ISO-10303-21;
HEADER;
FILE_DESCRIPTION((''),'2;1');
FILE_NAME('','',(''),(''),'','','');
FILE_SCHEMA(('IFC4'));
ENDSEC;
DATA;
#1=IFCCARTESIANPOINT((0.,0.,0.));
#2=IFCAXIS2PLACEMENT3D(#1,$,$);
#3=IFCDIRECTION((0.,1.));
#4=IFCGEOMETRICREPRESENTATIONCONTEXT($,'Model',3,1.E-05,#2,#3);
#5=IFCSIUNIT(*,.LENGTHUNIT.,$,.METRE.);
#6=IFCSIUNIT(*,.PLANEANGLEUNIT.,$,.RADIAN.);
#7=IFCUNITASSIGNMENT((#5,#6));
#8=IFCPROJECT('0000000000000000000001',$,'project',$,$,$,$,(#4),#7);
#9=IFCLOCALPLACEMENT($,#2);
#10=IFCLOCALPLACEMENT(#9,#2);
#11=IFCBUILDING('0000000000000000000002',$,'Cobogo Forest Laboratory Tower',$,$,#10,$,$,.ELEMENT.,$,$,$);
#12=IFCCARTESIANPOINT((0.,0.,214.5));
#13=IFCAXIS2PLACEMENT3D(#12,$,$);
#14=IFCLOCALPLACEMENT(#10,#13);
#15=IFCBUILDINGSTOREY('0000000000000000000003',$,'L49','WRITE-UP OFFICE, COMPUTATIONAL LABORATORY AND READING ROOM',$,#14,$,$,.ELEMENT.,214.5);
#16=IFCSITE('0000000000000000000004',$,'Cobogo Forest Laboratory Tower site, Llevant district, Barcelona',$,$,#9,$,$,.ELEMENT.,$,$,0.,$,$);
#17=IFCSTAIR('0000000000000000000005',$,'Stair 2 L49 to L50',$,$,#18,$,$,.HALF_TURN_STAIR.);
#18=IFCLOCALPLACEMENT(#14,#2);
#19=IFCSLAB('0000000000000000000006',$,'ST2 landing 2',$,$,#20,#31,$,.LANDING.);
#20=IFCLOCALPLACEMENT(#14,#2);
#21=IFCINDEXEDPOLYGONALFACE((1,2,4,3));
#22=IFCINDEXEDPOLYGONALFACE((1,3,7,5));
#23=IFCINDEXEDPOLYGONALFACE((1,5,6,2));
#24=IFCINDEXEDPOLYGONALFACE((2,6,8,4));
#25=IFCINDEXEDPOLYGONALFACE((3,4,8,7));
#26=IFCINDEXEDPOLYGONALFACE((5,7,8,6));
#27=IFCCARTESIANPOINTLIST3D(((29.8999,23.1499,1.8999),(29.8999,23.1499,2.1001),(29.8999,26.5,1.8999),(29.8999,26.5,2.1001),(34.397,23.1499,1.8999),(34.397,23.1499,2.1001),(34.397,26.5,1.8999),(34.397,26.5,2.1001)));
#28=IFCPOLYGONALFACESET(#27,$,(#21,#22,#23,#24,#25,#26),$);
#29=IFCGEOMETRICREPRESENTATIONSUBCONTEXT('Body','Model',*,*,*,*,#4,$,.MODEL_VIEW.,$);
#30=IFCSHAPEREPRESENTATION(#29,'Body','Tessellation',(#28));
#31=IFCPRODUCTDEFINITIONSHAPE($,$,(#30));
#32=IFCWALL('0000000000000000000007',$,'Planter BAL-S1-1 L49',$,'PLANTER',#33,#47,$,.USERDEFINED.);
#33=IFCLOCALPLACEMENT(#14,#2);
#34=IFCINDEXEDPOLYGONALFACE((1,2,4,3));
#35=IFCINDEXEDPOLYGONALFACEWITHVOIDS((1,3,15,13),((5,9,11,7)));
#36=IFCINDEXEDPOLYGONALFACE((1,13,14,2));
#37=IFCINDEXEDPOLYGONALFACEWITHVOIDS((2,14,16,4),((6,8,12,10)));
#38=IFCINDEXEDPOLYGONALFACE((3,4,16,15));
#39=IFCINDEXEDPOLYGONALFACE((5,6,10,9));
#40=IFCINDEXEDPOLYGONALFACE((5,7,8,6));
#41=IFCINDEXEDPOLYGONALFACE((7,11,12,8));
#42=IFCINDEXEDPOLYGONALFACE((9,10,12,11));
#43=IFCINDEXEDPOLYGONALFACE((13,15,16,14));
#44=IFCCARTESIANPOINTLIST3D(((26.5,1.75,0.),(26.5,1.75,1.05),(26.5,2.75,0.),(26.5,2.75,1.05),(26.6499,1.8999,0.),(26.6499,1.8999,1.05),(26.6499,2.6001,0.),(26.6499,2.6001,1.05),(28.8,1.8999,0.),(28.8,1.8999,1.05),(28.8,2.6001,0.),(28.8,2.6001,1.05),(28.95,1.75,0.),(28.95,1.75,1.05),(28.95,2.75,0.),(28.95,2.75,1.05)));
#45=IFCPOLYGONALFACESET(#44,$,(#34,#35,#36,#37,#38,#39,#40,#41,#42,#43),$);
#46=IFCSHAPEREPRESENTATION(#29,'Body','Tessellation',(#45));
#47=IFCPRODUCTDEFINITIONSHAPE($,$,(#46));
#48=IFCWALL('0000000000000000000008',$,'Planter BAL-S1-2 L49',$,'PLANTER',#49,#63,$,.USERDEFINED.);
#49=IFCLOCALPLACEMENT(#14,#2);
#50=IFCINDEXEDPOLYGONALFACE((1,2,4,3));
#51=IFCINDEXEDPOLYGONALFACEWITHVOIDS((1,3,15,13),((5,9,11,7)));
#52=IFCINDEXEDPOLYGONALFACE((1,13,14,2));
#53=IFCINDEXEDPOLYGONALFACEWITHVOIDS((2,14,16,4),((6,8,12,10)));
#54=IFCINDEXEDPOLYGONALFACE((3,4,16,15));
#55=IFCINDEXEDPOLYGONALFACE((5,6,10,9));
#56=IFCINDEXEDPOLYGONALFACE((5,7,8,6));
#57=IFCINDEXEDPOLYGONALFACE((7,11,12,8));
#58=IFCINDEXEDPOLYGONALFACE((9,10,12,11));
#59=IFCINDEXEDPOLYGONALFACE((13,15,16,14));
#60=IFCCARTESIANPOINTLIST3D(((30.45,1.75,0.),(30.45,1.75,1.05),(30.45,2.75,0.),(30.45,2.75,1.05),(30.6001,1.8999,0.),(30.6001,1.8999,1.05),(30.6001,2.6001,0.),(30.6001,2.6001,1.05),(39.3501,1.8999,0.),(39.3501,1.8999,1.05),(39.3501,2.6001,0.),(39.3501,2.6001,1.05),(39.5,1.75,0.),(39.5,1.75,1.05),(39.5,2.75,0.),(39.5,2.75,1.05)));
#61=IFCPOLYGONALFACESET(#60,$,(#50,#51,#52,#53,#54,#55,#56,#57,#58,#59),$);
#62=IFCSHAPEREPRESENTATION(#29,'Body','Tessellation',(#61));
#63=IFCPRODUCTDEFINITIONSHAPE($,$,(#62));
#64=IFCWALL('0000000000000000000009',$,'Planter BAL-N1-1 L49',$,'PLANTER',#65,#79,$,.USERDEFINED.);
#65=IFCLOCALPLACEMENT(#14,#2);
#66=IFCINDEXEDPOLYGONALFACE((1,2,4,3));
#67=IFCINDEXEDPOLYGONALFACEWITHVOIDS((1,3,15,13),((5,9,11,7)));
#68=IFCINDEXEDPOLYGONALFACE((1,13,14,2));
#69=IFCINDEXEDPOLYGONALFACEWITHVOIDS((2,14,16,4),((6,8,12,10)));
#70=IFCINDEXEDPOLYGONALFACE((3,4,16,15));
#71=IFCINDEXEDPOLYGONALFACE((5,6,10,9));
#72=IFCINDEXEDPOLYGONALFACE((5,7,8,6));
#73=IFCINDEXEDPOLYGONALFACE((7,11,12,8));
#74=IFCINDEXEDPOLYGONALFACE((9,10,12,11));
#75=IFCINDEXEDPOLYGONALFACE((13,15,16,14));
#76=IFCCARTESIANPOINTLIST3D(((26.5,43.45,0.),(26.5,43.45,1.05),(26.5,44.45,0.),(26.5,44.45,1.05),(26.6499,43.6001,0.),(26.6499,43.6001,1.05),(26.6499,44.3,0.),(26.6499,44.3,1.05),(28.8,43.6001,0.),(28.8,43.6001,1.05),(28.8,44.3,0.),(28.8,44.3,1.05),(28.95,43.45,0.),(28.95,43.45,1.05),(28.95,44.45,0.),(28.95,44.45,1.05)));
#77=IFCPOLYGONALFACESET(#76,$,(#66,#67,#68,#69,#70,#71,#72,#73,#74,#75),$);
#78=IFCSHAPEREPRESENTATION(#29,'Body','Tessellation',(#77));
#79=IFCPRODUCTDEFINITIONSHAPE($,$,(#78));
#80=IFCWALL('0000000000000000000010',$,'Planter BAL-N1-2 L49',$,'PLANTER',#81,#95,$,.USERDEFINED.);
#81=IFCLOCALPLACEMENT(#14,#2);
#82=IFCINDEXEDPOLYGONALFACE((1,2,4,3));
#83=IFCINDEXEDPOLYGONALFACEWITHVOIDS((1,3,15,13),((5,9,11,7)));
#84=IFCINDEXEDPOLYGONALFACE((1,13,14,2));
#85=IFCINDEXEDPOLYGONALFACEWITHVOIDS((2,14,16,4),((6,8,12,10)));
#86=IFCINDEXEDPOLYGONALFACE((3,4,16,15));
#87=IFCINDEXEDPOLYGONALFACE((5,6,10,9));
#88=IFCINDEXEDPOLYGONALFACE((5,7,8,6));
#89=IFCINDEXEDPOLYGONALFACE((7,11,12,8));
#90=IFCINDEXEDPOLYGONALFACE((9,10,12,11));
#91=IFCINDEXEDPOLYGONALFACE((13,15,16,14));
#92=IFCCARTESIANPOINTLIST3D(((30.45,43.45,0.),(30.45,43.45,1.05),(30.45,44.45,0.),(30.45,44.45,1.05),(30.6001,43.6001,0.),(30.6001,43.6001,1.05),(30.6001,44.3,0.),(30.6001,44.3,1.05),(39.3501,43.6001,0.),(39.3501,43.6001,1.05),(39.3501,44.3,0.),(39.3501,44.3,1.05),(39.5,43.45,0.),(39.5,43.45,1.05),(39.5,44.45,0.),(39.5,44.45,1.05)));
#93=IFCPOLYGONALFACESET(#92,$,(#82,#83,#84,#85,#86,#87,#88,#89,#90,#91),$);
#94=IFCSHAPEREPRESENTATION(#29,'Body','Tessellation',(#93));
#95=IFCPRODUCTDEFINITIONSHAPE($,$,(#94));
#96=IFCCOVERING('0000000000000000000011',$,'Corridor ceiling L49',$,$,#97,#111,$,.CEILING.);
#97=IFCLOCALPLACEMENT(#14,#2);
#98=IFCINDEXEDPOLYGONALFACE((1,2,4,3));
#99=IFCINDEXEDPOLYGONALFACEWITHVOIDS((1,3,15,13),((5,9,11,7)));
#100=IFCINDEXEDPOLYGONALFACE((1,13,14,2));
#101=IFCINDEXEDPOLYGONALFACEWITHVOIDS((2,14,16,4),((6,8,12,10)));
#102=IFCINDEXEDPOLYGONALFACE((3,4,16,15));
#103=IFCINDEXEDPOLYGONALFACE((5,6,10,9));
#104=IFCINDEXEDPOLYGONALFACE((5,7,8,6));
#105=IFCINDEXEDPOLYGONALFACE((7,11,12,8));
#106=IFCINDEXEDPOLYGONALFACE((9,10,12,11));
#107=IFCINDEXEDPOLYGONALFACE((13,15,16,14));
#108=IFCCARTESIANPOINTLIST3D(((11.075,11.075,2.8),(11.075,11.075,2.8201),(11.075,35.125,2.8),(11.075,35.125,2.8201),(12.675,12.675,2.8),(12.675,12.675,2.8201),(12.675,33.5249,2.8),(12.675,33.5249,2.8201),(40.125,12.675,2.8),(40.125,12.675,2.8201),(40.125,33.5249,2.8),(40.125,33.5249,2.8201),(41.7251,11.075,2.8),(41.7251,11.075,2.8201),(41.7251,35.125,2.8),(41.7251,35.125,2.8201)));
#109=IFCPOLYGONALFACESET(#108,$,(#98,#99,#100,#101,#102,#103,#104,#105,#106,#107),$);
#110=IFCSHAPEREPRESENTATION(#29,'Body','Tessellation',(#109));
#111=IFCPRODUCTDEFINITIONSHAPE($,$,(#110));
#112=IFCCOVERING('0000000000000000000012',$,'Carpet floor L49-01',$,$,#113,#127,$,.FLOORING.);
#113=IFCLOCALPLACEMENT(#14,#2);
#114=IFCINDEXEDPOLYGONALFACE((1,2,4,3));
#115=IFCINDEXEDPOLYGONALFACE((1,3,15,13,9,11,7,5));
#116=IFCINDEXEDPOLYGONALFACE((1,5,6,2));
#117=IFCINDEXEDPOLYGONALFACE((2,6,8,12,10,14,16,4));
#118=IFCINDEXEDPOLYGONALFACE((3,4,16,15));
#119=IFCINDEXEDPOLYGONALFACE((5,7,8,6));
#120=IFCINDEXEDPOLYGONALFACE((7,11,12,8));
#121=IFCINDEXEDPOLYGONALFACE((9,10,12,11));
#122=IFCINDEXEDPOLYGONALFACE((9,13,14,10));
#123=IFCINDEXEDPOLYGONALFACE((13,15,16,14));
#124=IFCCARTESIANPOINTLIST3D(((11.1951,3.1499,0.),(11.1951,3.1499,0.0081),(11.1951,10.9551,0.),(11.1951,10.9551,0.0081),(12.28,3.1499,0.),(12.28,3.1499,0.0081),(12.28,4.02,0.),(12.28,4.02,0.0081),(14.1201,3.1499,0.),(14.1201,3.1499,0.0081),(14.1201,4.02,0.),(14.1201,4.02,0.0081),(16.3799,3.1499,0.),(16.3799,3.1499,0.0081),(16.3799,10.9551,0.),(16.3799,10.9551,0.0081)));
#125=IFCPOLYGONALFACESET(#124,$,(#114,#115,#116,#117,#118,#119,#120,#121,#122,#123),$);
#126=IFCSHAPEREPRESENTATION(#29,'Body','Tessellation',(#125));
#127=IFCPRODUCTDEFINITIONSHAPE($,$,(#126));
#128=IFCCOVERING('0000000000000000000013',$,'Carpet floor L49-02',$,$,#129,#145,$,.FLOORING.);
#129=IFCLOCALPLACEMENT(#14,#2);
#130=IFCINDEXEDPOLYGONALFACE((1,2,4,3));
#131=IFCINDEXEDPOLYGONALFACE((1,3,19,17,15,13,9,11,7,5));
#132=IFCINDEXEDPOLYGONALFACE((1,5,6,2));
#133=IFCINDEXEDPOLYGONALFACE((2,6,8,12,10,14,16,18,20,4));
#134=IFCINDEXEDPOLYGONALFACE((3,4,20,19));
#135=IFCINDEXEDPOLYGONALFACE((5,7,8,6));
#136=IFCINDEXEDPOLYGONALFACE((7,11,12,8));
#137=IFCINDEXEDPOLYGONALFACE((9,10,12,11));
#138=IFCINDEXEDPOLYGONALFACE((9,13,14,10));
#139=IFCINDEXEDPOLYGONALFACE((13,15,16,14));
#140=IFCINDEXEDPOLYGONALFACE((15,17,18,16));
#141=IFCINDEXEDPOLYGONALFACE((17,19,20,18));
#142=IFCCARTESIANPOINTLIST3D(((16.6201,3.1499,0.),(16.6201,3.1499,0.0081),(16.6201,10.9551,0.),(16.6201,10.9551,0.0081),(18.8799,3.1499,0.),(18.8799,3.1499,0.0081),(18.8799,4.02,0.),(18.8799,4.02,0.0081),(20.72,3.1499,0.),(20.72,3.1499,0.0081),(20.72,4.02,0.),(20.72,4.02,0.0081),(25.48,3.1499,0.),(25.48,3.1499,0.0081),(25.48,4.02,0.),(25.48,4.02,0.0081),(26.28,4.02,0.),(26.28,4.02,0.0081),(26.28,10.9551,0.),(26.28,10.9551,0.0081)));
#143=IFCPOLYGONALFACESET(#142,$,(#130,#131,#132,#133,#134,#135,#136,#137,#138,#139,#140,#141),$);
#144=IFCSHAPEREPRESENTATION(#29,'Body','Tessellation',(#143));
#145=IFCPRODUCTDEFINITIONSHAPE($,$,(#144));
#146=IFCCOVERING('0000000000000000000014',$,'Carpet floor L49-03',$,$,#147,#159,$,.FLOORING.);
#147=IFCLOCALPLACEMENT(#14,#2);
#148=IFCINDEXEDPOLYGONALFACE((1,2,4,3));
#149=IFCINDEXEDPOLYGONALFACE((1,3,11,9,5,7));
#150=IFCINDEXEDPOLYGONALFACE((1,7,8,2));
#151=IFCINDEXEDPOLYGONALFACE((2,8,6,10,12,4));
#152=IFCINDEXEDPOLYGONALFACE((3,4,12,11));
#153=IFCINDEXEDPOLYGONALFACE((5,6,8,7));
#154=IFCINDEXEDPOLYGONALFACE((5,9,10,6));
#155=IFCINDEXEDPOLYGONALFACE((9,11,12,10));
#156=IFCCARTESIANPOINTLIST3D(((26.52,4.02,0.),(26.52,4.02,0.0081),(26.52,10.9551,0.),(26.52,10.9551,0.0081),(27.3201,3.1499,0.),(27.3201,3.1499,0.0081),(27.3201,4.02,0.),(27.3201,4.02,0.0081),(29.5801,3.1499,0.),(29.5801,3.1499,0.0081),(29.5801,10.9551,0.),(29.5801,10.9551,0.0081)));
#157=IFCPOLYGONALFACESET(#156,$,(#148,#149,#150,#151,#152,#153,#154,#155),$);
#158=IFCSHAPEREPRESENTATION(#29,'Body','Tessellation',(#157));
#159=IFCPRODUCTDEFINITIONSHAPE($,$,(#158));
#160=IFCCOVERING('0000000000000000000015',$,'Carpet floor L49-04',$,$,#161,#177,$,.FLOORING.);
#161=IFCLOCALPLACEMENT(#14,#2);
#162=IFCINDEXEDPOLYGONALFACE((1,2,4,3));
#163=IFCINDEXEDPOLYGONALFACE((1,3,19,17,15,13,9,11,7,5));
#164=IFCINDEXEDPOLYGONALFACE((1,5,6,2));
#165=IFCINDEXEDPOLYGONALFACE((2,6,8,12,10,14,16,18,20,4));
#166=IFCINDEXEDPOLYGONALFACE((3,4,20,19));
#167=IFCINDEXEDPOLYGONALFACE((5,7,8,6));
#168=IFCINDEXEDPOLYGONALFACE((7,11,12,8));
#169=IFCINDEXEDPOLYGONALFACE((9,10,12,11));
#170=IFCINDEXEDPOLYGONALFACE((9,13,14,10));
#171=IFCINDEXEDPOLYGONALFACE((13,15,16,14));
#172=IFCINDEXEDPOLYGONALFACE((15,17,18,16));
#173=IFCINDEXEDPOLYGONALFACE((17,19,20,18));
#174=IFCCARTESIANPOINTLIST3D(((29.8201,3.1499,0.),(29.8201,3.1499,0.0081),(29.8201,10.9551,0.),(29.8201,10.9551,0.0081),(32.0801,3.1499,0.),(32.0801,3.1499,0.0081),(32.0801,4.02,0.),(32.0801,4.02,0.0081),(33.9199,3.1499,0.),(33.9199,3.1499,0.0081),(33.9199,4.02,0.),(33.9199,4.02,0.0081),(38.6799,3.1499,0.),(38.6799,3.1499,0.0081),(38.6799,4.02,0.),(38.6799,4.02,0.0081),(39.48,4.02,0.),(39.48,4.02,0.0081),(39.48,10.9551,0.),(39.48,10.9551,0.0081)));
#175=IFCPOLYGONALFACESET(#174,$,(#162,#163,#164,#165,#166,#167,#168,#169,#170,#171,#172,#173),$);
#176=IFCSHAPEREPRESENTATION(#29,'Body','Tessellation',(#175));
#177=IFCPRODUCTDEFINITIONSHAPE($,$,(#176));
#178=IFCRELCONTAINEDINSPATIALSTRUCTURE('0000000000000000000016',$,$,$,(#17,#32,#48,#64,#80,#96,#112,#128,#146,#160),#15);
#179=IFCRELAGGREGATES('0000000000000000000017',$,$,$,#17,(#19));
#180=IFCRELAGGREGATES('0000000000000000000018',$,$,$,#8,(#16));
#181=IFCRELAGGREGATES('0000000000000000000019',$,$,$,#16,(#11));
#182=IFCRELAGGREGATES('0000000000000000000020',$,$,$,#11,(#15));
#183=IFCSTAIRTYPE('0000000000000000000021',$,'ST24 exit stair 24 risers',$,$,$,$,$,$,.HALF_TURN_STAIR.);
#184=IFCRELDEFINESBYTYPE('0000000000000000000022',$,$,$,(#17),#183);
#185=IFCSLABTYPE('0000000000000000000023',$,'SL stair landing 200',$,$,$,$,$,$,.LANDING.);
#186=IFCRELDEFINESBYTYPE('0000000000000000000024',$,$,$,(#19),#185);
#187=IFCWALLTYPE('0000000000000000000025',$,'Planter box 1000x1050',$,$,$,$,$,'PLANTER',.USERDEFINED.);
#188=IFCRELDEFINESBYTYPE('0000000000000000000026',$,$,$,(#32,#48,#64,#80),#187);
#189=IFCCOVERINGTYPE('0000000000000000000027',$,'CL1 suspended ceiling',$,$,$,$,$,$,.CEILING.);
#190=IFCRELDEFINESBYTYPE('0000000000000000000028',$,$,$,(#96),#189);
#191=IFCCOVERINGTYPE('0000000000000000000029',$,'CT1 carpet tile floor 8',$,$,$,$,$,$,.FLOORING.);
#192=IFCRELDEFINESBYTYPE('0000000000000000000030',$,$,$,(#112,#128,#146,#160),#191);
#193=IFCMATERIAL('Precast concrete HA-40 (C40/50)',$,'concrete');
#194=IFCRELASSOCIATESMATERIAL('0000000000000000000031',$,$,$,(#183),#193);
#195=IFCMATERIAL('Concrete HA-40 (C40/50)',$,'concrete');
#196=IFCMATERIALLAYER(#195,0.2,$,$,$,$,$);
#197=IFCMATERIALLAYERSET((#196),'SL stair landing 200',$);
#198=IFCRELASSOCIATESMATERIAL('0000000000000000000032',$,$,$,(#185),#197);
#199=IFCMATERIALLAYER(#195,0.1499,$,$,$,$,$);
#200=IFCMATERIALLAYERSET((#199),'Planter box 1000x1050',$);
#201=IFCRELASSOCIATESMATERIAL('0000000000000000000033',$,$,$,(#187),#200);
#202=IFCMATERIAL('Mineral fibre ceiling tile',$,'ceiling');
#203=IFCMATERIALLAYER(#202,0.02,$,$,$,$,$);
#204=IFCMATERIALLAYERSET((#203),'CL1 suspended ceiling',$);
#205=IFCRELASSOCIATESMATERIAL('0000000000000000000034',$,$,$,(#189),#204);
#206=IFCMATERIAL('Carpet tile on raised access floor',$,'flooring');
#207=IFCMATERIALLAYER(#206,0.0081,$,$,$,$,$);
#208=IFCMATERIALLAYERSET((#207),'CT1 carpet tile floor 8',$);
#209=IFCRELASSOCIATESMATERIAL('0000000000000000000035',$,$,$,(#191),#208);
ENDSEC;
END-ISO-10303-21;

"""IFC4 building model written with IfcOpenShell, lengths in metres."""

from ifc_helpers import new_model, si_unit, direction, frame, origin, place, context, subcontext, project, spatial, polyline, outline, extrude, material, layer, layer_set, type_object, element, aggregate, save


model = new_model("IFC4")

# Units and contexts
model_context = context("Model", 3, precision=1e-05, world=origin(), true_north=direction((0.0, 1.0)))
body_context = subcontext(model_context, "Body", "Model", "MODEL_VIEW")
ifc_project = project(units=[si_unit("LENGTHUNIT", "METRE"), si_unit("PLANEANGLEUNIT", "RADIAN")], contexts=[model_context])

# Site, building, storey
site_placement = place(None, origin())
site = spatial("IfcSite", under=ifc_project, at=site_placement, Name="Cobogo Forest Laboratory Tower site, Llevant district, Barcelona", CompositionType="ELEMENT", RefElevation=0.0)
building_placement = place(site_placement, origin())
building = spatial("IfcBuilding", under=site, at=building_placement, Name="Cobogo Forest Laboratory Tower", CompositionType="ELEMENT")
storey_placement = place(building_placement, frame((0.0, 0.0, 214.5)))
storey = spatial("IfcBuildingStorey", under=building, at=storey_placement, Name="L49", Description="WRITE-UP OFFICE, COMPUTATIONAL LABORATORY AND READING ROOM", CompositionType="ELEMENT", Elevation=214.5)

# Shared definitions
ifc_material_1 = material(Name="Concrete HA-40 (C40/50)", Category="concrete")

# Stair, slab
ifc_material_2 = material(Name="Precast concrete HA-40 (C40/50)", Category="concrete")
stair_type = type_object("IfcStairType", Name="ST24 exit stair 24 risers", PredefinedType="HALF_TURN_STAIR", material=ifc_material_2)
ifc_layer_1 = layer(ifc_material_1, 0.2)
ifc_layer_set_1 = layer_set([ifc_layer_1], Name="SL stair landing 200")
slab_type_1 = type_object("IfcSlabType", Name="SL stair landing 200", PredefinedType="LANDING", material=ifc_layer_set_1)
stair_1_placement = place(storey_placement, origin())
stair_1 = element("IfcStair", 1, at=stair_1_placement, inside=storey, type_object=stair_type, Name="Stair 2 L49 to L50", PredefinedType="HALF_TURN_STAIR")
slab_1_placement = place(storey_placement, frame((0.0, 0.0, 1.8999)))
slab_1 = element("IfcSlab", 2, at=slab_1_placement, type_object=slab_type_1, Name="ST2 landing 2", PredefinedType="LANDING", context=body_context, shape_type="SweptSolid", body=[
    extrude(outline(polyline([(29.8999, 23.1499), (34.397, 23.1499), (34.397, 26.5), (29.8999, 26.5), (29.8999, 23.1499)])), origin(), (0.0, 0.0, 1.0), 0.2002),
])
aggregate(stair_1, [slab_1])

# Walls
ifc_layer_2 = layer(ifc_material_1, 0.1499)
ifc_layer_set_2 = layer_set([ifc_layer_2], Name="Planter box 1000x1050")
wall_type = type_object("IfcWallType", Name="Planter box 1000x1050", ElementType="PLANTER", PredefinedType="USERDEFINED", material=ifc_layer_set_2)
wall_1_placement = place(storey_placement, origin())
element("IfcWall", 3, at=wall_1_placement, inside=storey, type_object=wall_type, Name="Planter BAL-S1-1 L49", ObjectType="PLANTER", PredefinedType="USERDEFINED", context=body_context, shape_type="SweptSolid", body=[
    extrude(outline(polyline([(26.5, 1.75), (28.95, 1.75), (28.95, 2.75), (26.5, 2.75), (26.5, 1.75)]), holes=[polyline([(26.6499, 1.8999), (28.8, 1.8999), (28.8, 2.6001), (26.6499, 2.6001), (26.6499, 1.8999)])]), origin(), (0.0, 0.0, 1.0), 1.05),
])
wall_2_placement = place(storey_placement, origin())
element("IfcWall", 4, at=wall_2_placement, inside=storey, type_object=wall_type, Name="Planter BAL-S1-2 L49", ObjectType="PLANTER", PredefinedType="USERDEFINED", context=body_context, shape_type="SweptSolid", body=[
    extrude(outline(polyline([(30.45, 1.75), (39.5, 1.75), (39.5, 2.75), (30.45, 2.75), (30.45, 1.75)]), holes=[polyline([(30.6001, 1.8999), (39.3501, 1.8999), (39.3501, 2.6001), (30.6001, 2.6001), (30.6001, 1.8999)])]), origin(), (0.0, 0.0, 1.0), 1.05),
])
wall_3_placement = place(storey_placement, origin())
element("IfcWall", 5, at=wall_3_placement, inside=storey, type_object=wall_type, Name="Planter BAL-N1-1 L49", ObjectType="PLANTER", PredefinedType="USERDEFINED", context=body_context, shape_type="SweptSolid", body=[
    extrude(outline(polyline([(26.5, 43.45), (28.95, 43.45), (28.95, 44.45), (26.5, 44.45), (26.5, 43.45)]), holes=[polyline([(26.6499, 43.6001), (28.8, 43.6001), (28.8, 44.3), (26.6499, 44.3), (26.6499, 43.6001)])]), origin(), (0.0, 0.0, 1.0), 1.05),
])
wall_4_placement = place(storey_placement, origin())
element("IfcWall", 6, at=wall_4_placement, inside=storey, type_object=wall_type, Name="Planter BAL-N1-2 L49", ObjectType="PLANTER", PredefinedType="USERDEFINED", context=body_context, shape_type="SweptSolid", body=[
    extrude(outline(polyline([(30.45, 43.45), (39.5, 43.45), (39.5, 44.45), (30.45, 44.45), (30.45, 43.45)]), holes=[polyline([(30.6001, 43.6001), (39.3501, 43.6001), (39.3501, 44.3), (30.6001, 44.3), (30.6001, 43.6001)])]), origin(), (0.0, 0.0, 1.0), 1.05),
])

# Coverings
ifc_material_3 = material(Name="Mineral fibre ceiling tile", Category="ceiling")
ifc_layer_3 = layer(ifc_material_3, 0.02)
ifc_layer_set_3 = layer_set([ifc_layer_3], Name="CL1 suspended ceiling")
covering_type_1 = type_object("IfcCoveringType", Name="CL1 suspended ceiling", PredefinedType="CEILING", material=ifc_layer_set_3)
covering_1_placement = place(storey_placement, frame((0.0, 0.0, 2.8)))
element("IfcCovering", 7, at=covering_1_placement, inside=storey, type_object=covering_type_1, Name="Corridor ceiling L49", PredefinedType="CEILING", context=body_context, shape_type="SweptSolid", body=[
    extrude(outline(polyline([(11.075, 11.075), (11.075, 35.125), (41.7251, 35.125), (41.7251, 11.075), (11.075, 11.075)]), holes=[polyline([(40.125, 33.5249), (12.675, 33.5249), (12.675, 12.675), (40.125, 12.675), (40.125, 33.5249)])]), origin(), (0.0, 0.0, 1.0), 0.02),
])
ifc_material_4 = material(Name="Carpet tile on raised access floor", Category="flooring")
ifc_layer_4 = layer(ifc_material_4, 0.0081)
ifc_layer_set_4 = layer_set([ifc_layer_4], Name="CT1 carpet tile floor 8")
covering_type_2 = type_object("IfcCoveringType", Name="CT1 carpet tile floor 8", PredefinedType="FLOORING", material=ifc_layer_set_4)
covering_2_placement = place(storey_placement, origin())
element("IfcCovering", 8, at=covering_2_placement, inside=storey, type_object=covering_type_2, Name="Carpet floor L49-01", PredefinedType="FLOORING", context=body_context, shape_type="SweptSolid", body=[
    extrude(outline(polyline([(16.3799, 10.9551), (16.3799, 3.1499), (14.1201, 3.1499), (14.1201, 4.02), (12.28, 4.02), (12.28, 3.1499), (11.1951, 3.1499), (11.1951, 10.9551), (16.3799, 10.9551)])), origin(), (0.0, 0.0, 1.0), 0.0081),
])
covering_3_placement = place(storey_placement, origin())
element("IfcCovering", 9, at=covering_3_placement, inside=storey, type_object=covering_type_2, Name="Carpet floor L49-02", PredefinedType="FLOORING", context=body_context, shape_type="SweptSolid", body=[
    extrude(outline(polyline([(26.28, 10.9551), (26.28, 4.02), (25.48, 4.02), (25.48, 3.1499), (20.72, 3.1499), (20.72, 4.02), (18.8799, 4.02), (18.8799, 3.1499), (16.6201, 3.1499), (16.6201, 10.9551), (26.28, 10.9551)])), origin(), (0.0, 0.0, 1.0), 0.0081),
])
covering_4_placement = place(storey_placement, origin())
element("IfcCovering", 10, at=covering_4_placement, inside=storey, type_object=covering_type_2, Name="Carpet floor L49-03", PredefinedType="FLOORING", context=body_context, shape_type="SweptSolid", body=[
    extrude(outline(polyline([(29.5801, 10.9551), (29.5801, 3.1499), (27.3201, 3.1499), (27.3201, 4.02), (26.52, 4.02), (26.52, 10.9551), (29.5801, 10.9551)])), origin(), (0.0, 0.0, 1.0), 0.0081),
])
covering_5_placement = place(storey_placement, origin())
element("IfcCovering", 11, at=covering_5_placement, inside=storey, type_object=covering_type_2, Name="Carpet floor L49-04", PredefinedType="FLOORING", context=body_context, shape_type="SweptSolid", body=[
    extrude(outline(polyline([(39.48, 10.9551), (39.48, 4.02), (38.6799, 4.02), (38.6799, 3.1499), (33.9199, 3.1499), (33.9199, 4.02), (32.0801, 4.02), (32.0801, 3.1499), (29.8201, 3.1499), (29.8201, 10.9551), (39.48, 10.9551)])), origin(), (0.0, 0.0, 1.0), 0.0081),
])

save(model, "model.ifc")
